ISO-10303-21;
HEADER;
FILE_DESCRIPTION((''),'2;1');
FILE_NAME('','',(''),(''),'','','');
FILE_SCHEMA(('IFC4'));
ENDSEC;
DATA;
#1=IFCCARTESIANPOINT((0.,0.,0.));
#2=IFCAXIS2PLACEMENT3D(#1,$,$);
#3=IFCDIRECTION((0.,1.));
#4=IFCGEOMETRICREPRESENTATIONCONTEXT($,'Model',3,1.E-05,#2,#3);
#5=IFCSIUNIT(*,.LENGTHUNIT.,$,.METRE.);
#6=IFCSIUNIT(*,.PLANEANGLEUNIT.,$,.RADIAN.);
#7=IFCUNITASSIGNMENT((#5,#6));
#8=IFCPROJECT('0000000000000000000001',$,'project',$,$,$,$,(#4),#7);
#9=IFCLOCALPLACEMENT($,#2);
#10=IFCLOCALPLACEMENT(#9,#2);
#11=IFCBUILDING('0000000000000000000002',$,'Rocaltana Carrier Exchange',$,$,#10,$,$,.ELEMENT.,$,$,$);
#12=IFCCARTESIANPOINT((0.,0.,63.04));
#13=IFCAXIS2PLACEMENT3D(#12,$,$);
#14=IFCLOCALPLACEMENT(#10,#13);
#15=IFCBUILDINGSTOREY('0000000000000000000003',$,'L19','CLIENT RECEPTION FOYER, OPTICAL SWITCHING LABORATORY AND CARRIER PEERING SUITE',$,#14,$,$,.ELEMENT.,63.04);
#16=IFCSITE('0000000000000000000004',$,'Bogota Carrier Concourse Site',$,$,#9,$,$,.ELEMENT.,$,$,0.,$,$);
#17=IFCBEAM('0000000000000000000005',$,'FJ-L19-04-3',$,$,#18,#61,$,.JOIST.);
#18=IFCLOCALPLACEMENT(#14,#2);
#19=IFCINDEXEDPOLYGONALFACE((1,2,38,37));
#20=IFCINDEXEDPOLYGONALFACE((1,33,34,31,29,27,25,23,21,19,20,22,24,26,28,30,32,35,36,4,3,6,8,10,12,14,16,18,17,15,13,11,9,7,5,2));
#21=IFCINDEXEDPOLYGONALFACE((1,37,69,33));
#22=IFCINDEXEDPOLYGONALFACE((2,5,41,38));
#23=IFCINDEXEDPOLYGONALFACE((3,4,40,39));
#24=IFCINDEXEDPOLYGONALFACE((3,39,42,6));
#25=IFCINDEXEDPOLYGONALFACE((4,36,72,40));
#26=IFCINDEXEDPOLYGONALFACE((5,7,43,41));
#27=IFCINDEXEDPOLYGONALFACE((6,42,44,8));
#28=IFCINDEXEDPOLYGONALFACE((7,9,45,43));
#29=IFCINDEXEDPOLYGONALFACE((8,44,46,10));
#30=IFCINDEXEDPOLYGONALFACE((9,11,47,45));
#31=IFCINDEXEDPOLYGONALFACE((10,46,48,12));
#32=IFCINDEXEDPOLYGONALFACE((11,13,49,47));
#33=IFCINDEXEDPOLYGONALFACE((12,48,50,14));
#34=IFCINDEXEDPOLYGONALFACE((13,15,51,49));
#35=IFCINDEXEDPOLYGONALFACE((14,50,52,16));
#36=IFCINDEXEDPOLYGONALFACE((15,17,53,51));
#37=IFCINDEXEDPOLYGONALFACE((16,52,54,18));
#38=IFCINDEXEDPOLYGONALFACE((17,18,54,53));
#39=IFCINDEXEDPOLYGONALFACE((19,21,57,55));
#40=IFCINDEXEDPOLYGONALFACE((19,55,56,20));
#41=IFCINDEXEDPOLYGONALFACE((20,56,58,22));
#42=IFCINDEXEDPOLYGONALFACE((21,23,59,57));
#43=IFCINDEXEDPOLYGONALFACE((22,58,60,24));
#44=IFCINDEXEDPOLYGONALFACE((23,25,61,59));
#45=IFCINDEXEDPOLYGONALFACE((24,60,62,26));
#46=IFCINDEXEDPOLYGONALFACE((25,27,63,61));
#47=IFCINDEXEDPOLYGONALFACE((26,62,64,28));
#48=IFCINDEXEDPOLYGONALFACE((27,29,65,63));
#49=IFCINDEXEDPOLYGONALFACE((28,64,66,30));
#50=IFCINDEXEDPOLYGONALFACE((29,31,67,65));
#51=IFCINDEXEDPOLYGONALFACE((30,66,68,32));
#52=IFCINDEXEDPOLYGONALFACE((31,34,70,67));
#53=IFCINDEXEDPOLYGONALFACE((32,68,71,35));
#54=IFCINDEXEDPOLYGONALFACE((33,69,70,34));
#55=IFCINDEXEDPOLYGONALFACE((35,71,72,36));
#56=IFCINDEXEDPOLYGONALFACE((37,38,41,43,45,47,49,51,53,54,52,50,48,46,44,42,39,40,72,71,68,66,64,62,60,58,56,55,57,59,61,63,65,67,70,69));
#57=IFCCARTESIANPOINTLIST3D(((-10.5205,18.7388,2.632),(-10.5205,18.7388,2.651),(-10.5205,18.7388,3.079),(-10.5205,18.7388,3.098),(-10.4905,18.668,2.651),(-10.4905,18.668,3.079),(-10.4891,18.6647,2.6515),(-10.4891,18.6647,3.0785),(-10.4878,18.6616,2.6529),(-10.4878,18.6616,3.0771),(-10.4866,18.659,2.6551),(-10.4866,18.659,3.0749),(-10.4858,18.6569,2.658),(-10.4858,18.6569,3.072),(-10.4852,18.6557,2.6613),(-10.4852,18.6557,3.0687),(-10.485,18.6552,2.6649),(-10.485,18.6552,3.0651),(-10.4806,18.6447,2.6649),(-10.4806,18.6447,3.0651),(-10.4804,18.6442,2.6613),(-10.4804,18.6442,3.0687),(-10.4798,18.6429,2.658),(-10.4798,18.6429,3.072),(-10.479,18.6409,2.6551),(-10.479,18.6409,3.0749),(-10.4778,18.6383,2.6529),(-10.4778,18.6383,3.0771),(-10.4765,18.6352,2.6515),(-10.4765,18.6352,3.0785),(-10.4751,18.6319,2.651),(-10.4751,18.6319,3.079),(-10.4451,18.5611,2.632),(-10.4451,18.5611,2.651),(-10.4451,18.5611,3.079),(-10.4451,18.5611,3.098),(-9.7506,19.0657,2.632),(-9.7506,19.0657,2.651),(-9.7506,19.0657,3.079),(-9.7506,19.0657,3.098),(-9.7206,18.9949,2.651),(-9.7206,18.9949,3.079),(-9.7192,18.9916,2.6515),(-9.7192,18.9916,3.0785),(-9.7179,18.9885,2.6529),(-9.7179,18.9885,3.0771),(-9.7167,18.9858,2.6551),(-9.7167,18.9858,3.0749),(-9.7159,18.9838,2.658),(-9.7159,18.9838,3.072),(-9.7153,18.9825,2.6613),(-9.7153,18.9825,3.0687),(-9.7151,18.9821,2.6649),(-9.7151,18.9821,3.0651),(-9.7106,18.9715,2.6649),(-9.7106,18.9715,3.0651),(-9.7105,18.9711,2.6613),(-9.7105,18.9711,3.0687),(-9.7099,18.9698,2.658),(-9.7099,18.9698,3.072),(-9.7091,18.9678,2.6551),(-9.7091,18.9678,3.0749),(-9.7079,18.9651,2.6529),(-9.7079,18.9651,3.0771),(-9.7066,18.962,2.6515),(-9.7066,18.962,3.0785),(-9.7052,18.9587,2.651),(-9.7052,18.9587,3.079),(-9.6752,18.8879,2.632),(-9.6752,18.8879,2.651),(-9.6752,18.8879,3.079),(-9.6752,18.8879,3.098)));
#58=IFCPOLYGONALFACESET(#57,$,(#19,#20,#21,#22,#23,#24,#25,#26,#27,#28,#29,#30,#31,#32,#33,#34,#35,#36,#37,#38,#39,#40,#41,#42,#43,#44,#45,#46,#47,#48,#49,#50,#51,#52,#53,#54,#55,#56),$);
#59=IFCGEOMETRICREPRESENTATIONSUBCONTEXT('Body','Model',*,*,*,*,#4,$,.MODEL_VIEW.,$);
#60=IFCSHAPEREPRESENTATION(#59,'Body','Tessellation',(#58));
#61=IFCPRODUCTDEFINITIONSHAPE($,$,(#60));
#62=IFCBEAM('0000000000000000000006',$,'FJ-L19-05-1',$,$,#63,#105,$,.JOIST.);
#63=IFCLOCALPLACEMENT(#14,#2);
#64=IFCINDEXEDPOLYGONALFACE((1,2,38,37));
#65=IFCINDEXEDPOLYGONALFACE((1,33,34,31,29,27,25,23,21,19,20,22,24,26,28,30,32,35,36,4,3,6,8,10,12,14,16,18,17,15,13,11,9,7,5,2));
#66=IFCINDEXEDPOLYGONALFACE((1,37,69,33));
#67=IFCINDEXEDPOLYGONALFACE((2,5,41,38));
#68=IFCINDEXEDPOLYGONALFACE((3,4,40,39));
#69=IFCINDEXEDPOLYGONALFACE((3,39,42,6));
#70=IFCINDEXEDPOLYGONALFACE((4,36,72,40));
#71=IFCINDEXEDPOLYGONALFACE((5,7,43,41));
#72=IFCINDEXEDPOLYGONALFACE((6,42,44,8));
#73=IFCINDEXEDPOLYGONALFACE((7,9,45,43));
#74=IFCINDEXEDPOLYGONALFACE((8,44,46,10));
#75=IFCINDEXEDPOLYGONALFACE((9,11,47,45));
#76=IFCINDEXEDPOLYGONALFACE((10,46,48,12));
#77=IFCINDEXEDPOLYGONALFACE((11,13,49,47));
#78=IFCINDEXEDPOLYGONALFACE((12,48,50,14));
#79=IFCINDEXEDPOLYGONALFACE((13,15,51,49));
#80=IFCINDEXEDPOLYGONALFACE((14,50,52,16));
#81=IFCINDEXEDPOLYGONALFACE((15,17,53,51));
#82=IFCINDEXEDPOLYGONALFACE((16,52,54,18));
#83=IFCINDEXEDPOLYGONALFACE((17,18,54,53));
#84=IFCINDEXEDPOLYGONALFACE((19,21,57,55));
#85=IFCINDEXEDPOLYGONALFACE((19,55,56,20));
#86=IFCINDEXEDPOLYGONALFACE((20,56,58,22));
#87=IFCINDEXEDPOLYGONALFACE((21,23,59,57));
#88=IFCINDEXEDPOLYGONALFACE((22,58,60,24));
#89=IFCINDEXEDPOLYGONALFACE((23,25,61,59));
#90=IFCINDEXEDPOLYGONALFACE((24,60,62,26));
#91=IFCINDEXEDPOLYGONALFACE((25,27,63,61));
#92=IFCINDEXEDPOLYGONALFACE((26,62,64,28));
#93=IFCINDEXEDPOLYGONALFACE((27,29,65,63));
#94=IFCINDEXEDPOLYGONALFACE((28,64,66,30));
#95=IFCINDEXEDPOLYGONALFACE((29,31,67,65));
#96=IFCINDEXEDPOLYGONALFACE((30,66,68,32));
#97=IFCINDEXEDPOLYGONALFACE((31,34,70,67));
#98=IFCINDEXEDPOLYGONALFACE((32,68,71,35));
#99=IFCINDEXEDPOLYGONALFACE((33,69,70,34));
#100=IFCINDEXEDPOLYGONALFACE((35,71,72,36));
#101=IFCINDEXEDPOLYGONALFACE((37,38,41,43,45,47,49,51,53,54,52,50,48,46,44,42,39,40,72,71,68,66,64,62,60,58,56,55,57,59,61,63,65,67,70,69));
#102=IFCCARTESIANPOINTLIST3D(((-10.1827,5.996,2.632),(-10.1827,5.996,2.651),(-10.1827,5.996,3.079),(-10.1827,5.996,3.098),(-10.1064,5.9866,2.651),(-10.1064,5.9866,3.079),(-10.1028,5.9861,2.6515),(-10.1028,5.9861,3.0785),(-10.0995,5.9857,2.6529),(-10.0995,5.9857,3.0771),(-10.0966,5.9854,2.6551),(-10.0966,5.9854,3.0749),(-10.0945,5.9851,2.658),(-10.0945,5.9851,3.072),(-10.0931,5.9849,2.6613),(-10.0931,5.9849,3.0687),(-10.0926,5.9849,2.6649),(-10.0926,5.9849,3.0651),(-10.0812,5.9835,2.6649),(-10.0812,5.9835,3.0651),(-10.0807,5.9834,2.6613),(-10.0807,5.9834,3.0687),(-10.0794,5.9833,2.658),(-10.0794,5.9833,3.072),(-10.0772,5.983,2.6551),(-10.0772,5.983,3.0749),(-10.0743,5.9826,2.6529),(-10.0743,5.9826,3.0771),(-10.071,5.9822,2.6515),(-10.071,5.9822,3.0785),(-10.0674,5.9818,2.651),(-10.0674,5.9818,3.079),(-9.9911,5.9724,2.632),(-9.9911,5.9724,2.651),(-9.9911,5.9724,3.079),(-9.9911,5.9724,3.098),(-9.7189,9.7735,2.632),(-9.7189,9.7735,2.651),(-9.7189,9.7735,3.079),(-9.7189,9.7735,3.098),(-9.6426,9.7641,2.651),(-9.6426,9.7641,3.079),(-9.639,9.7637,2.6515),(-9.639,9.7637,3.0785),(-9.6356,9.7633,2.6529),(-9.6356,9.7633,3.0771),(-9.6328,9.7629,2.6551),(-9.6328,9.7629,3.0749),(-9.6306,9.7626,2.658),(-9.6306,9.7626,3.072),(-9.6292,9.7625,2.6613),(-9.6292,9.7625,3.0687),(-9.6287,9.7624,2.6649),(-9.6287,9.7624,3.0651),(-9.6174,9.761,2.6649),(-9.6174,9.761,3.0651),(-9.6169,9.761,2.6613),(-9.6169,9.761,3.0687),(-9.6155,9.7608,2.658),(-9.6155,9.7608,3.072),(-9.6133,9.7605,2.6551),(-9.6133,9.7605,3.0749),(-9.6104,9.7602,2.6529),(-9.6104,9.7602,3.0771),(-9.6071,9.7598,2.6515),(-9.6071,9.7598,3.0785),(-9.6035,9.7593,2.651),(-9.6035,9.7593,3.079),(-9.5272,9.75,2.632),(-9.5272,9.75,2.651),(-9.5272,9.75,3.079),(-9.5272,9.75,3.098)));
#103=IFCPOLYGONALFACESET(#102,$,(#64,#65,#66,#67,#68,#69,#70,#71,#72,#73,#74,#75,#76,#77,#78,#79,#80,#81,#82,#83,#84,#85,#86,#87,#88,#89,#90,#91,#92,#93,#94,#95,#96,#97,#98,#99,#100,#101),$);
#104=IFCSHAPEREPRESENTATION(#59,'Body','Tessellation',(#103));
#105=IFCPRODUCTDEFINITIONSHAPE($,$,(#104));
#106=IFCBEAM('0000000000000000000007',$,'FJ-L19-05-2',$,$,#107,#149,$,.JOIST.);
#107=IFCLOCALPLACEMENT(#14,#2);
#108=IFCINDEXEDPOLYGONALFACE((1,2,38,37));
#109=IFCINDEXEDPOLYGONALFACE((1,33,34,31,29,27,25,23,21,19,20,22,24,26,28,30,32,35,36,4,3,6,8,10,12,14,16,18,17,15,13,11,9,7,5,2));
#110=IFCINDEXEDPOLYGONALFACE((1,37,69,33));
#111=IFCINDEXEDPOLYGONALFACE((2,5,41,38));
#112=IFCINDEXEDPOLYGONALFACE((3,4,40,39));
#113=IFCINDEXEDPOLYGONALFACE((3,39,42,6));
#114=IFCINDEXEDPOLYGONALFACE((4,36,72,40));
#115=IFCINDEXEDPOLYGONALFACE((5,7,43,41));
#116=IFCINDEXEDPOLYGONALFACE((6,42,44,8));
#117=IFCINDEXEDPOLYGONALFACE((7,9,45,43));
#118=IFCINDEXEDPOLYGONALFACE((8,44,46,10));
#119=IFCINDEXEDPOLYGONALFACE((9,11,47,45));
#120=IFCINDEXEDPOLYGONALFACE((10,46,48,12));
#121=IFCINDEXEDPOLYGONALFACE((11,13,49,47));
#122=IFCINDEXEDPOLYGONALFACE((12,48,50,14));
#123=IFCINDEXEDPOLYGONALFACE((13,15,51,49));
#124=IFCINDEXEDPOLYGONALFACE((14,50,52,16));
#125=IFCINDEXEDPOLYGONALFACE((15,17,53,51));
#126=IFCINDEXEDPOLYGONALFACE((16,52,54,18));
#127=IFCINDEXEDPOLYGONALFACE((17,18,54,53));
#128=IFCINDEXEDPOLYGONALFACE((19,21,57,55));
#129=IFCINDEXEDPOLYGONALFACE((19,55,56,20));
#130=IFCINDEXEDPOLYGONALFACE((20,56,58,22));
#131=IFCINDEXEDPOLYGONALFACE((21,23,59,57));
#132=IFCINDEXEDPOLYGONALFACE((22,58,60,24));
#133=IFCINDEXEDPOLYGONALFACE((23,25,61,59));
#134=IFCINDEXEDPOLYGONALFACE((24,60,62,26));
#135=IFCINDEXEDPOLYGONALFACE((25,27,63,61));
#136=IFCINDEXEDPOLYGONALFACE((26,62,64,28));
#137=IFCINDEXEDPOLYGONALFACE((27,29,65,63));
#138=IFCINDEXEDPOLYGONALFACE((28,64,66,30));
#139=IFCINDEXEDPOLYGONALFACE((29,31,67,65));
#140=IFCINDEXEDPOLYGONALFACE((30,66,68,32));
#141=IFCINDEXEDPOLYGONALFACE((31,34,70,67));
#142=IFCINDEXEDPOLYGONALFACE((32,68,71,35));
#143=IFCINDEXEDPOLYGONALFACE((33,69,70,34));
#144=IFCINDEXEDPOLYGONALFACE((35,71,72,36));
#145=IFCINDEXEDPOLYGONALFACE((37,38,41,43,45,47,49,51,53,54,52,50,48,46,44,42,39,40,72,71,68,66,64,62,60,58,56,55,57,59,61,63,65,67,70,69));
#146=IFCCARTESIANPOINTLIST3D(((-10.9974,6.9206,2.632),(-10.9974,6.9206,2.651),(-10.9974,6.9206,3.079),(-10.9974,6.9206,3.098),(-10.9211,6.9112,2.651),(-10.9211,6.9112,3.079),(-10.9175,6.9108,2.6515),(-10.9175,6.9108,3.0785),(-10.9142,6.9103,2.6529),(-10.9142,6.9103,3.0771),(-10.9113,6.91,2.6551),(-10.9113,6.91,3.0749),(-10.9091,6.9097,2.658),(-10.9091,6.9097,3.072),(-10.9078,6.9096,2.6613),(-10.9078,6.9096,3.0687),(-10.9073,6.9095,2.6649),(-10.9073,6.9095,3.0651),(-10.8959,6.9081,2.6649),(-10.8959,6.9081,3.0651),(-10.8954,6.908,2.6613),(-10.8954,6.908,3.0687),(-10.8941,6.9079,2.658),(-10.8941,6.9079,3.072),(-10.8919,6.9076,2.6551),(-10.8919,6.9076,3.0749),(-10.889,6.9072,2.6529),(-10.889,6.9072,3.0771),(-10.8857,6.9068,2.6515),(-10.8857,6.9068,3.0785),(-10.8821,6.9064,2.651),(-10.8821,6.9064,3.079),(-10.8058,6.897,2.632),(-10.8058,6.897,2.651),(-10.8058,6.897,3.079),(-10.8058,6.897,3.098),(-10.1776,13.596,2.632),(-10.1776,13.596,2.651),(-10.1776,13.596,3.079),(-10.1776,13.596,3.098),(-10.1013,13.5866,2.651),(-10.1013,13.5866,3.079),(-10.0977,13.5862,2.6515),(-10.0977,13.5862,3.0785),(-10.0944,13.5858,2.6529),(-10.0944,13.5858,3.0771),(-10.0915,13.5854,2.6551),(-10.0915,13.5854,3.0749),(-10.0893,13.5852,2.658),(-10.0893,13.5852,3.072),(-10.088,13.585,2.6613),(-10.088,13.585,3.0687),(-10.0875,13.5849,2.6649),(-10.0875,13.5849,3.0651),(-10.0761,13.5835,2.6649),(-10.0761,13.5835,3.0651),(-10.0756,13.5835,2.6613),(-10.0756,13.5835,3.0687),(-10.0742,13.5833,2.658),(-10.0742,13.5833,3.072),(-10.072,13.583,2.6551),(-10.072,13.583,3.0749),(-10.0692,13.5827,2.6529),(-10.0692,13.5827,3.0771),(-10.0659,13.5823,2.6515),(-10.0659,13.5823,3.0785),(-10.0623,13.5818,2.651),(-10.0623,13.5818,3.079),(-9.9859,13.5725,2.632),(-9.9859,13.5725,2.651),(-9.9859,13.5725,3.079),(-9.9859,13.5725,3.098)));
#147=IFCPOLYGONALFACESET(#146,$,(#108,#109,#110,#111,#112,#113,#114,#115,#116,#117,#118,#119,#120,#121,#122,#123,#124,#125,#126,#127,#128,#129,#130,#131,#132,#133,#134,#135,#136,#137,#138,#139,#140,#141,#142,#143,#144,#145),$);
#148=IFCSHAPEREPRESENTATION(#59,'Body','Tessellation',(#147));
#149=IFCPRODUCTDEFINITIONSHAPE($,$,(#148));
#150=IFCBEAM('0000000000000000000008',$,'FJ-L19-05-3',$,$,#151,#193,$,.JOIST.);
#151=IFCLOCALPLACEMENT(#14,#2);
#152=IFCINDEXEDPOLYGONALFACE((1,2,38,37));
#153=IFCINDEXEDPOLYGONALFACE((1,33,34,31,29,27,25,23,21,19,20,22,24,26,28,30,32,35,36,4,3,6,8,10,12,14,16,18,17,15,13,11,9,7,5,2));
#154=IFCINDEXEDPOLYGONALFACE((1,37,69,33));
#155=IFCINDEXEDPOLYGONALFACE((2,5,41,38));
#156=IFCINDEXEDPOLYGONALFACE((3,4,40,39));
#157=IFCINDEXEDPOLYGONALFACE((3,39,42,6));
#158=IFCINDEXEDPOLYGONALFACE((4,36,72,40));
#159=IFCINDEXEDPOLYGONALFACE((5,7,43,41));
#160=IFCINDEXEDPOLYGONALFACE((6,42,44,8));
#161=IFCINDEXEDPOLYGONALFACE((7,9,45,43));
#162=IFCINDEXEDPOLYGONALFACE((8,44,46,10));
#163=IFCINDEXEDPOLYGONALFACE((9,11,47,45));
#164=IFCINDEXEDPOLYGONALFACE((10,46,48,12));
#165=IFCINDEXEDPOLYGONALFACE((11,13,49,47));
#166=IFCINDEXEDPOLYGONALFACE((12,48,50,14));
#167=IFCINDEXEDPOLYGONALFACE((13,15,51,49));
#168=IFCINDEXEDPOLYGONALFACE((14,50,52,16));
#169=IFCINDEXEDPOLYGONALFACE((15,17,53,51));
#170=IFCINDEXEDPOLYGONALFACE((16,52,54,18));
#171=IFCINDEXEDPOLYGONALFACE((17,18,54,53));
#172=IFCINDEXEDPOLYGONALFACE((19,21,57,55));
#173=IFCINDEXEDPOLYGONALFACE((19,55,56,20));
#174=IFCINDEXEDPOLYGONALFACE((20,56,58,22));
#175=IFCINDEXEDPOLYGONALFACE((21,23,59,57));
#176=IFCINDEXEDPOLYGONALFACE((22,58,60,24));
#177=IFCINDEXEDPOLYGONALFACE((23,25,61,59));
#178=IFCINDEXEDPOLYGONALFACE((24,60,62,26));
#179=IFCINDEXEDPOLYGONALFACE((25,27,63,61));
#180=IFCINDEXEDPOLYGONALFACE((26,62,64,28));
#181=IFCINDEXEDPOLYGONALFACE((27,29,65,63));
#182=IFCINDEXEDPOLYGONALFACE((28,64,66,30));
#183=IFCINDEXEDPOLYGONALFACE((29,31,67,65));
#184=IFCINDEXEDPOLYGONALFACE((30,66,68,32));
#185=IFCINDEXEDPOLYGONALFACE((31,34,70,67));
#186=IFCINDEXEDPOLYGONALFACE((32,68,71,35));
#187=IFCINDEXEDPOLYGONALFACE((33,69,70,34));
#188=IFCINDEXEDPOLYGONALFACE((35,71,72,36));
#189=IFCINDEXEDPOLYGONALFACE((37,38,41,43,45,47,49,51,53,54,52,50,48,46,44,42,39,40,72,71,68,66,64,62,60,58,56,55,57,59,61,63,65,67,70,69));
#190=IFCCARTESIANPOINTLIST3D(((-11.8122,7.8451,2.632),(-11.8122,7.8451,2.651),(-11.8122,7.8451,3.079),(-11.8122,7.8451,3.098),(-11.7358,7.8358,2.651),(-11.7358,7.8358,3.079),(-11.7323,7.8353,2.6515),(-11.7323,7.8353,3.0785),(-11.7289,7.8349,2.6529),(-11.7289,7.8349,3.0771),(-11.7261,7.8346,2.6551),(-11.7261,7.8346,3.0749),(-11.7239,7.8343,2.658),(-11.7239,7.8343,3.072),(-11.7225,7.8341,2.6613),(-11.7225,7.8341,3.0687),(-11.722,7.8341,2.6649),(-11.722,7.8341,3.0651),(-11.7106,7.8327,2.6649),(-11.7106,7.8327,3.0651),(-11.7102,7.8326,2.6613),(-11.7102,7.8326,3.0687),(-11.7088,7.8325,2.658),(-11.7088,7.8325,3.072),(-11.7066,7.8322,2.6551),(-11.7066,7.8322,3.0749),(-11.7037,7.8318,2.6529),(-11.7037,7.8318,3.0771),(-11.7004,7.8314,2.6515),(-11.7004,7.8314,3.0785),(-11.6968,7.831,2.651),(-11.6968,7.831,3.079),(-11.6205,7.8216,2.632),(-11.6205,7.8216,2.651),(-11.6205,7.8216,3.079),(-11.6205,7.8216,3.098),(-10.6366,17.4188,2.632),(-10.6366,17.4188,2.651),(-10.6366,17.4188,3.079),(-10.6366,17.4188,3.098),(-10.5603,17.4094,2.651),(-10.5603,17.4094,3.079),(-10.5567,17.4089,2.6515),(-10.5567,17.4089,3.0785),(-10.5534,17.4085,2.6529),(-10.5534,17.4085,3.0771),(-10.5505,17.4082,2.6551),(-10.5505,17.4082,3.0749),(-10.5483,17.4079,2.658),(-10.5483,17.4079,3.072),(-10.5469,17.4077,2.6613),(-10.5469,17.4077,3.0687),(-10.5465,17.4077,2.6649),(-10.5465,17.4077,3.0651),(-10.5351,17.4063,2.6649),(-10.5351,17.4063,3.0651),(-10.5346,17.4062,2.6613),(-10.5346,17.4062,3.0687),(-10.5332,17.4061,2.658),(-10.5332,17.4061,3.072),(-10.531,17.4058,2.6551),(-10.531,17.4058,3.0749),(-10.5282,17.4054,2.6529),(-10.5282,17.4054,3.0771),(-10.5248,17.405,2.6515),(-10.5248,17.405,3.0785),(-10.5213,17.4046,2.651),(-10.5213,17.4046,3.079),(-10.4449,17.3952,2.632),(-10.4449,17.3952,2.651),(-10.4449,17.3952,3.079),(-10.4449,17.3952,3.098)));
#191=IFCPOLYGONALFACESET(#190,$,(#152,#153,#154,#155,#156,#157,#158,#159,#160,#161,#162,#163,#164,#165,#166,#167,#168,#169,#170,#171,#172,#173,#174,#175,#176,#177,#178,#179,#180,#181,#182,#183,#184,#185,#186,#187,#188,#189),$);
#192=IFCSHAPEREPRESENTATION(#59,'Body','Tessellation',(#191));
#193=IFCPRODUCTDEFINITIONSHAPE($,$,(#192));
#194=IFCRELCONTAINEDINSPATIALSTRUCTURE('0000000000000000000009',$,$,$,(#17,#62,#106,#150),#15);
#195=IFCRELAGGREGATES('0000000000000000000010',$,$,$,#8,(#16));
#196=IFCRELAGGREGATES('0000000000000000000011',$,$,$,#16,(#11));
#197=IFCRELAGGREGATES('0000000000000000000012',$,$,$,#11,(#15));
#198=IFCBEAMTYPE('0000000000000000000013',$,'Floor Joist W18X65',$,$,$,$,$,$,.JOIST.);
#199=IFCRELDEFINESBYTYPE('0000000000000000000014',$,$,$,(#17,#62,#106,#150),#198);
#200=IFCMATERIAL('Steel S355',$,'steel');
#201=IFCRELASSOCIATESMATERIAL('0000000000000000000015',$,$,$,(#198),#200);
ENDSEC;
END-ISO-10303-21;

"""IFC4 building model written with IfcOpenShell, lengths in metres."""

from ifc_helpers import new_model, si_unit, direction, frame, origin, origin_2d, place, context, subcontext, project, spatial, i_section, extrude, material, material_profile, profile_set, type_object, element, save


model = new_model("IFC4")

# Units and contexts
model_context = context("Model", 3, precision=1e-05, world=origin(), true_north=direction((0.0, 1.0)))
body_context = subcontext(model_context, "Body", "Model", "MODEL_VIEW")
ifc_project = project(units=[si_unit("LENGTHUNIT", "METRE"), si_unit("PLANEANGLEUNIT", "RADIAN")], contexts=[model_context])

# Site, building, storey
site_placement = place(None, origin())
site = spatial("IfcSite", under=ifc_project, at=site_placement, Name="Bogota Carrier Concourse Site", CompositionType="ELEMENT", RefElevation=0.0)
building_placement = place(site_placement, origin())
building = spatial("IfcBuilding", under=site, at=building_placement, Name="Rocaltana Carrier Exchange", CompositionType="ELEMENT")
storey_placement = place(building_placement, frame((0.0, 0.0, 63.04)))
storey = spatial("IfcBuildingStorey", under=building, at=storey_placement, Name="L19", Description="CLIENT RECEPTION FOYER, OPTICAL SWITCHING LABORATORY AND CARRIER PEERING SUITE", CompositionType="ELEMENT", Elevation=63.04)

# Beams
ifc_material_1 = material(Name="Steel S355", Category="steel")
ifc_material_profile_1 = material_profile(ifc_material_1, i_section(OverallWidth=0.1931, OverallDepth=0.4661, WebThickness=0.0115, FlangeThickness=0.019, FilletRadius=0.0139, at=origin_2d()), Name="W18X65")
ifc_profile_set_1 = profile_set([ifc_material_profile_1], Name="Steel S355")
beam_type_1 = type_object("IfcBeamType", Name="Floor Joist W18X65", PredefinedType="JOIST", material=ifc_profile_set_1)
beam_1_placement = place(storey_placement, frame((-9.7129, 18.9768, 2.865), z_axis=(-0.920483, -0.390782, 0.0), x_axis=(0.390782, -0.920483, 0.0)))
element("IfcBeam", 1, at=beam_1_placement, inside=storey, type_object=beam_type_1, Name="FJ-L19-04-3", PredefinedType="JOIST", context=body_context, shape_type="SweptSolid", body=[
    extrude(i_section(OverallWidth=0.1931, OverallDepth=0.4661, WebThickness=0.0115, FlangeThickness=0.019, FilletRadius=0.0139, at=origin_2d()), origin(), (0.0, 0.0, 1.0), 0.8364),
])
beam_2_placement = place(storey_placement, frame((-9.623, 9.7617, 2.865), z_axis=(-0.121879, -0.992545, 0.0), x_axis=(0.992545, -0.121879, 0.0)))
element("IfcBeam", 2, at=beam_2_placement, inside=storey, type_object=beam_type_1, Name="FJ-L19-05-1", PredefinedType="JOIST", context=body_context, shape_type="SweptSolid", body=[
    extrude(i_section(OverallWidth=0.1931, OverallDepth=0.4661, WebThickness=0.0115, FlangeThickness=0.019, FilletRadius=0.0139, at=origin_2d()), origin(), (0.0, 0.0, 1.0), 3.8059),
])
beam_3_placement = place(storey_placement, frame((-10.0818, 13.5842, 2.865), z_axis=(-0.121894, -0.992543, 0.0), x_axis=(0.992543, -0.121894, 0.0)))
element("IfcBeam", 3, at=beam_3_placement, inside=storey, type_object=beam_type_1, Name="FJ-L19-05-2", PredefinedType="JOIST", context=body_context, shape_type="SweptSolid", body=[
    extrude(i_section(OverallWidth=0.1931, OverallDepth=0.4661, WebThickness=0.0115, FlangeThickness=0.019, FilletRadius=0.0139, at=origin_2d()), origin(), (0.0, 0.0, 1.0), 6.7256),
])
beam_4_placement = place(storey_placement, frame((-10.5408, 17.407, 2.865), z_axis=(-0.121876, -0.992545, 0.0), x_axis=(0.992545, -0.121876, 0.0)))
element("IfcBeam", 4, at=beam_4_placement, inside=storey, type_object=beam_type_1, Name="FJ-L19-05-3", PredefinedType="JOIST", context=body_context, shape_type="SweptSolid", body=[
    extrude(i_section(OverallWidth=0.1931, OverallDepth=0.4661, WebThickness=0.0115, FlangeThickness=0.019, FilletRadius=0.0139, at=origin_2d()), origin(), (0.0, 0.0, 1.0), 9.6455),
])

save(model, "model.ifc")
